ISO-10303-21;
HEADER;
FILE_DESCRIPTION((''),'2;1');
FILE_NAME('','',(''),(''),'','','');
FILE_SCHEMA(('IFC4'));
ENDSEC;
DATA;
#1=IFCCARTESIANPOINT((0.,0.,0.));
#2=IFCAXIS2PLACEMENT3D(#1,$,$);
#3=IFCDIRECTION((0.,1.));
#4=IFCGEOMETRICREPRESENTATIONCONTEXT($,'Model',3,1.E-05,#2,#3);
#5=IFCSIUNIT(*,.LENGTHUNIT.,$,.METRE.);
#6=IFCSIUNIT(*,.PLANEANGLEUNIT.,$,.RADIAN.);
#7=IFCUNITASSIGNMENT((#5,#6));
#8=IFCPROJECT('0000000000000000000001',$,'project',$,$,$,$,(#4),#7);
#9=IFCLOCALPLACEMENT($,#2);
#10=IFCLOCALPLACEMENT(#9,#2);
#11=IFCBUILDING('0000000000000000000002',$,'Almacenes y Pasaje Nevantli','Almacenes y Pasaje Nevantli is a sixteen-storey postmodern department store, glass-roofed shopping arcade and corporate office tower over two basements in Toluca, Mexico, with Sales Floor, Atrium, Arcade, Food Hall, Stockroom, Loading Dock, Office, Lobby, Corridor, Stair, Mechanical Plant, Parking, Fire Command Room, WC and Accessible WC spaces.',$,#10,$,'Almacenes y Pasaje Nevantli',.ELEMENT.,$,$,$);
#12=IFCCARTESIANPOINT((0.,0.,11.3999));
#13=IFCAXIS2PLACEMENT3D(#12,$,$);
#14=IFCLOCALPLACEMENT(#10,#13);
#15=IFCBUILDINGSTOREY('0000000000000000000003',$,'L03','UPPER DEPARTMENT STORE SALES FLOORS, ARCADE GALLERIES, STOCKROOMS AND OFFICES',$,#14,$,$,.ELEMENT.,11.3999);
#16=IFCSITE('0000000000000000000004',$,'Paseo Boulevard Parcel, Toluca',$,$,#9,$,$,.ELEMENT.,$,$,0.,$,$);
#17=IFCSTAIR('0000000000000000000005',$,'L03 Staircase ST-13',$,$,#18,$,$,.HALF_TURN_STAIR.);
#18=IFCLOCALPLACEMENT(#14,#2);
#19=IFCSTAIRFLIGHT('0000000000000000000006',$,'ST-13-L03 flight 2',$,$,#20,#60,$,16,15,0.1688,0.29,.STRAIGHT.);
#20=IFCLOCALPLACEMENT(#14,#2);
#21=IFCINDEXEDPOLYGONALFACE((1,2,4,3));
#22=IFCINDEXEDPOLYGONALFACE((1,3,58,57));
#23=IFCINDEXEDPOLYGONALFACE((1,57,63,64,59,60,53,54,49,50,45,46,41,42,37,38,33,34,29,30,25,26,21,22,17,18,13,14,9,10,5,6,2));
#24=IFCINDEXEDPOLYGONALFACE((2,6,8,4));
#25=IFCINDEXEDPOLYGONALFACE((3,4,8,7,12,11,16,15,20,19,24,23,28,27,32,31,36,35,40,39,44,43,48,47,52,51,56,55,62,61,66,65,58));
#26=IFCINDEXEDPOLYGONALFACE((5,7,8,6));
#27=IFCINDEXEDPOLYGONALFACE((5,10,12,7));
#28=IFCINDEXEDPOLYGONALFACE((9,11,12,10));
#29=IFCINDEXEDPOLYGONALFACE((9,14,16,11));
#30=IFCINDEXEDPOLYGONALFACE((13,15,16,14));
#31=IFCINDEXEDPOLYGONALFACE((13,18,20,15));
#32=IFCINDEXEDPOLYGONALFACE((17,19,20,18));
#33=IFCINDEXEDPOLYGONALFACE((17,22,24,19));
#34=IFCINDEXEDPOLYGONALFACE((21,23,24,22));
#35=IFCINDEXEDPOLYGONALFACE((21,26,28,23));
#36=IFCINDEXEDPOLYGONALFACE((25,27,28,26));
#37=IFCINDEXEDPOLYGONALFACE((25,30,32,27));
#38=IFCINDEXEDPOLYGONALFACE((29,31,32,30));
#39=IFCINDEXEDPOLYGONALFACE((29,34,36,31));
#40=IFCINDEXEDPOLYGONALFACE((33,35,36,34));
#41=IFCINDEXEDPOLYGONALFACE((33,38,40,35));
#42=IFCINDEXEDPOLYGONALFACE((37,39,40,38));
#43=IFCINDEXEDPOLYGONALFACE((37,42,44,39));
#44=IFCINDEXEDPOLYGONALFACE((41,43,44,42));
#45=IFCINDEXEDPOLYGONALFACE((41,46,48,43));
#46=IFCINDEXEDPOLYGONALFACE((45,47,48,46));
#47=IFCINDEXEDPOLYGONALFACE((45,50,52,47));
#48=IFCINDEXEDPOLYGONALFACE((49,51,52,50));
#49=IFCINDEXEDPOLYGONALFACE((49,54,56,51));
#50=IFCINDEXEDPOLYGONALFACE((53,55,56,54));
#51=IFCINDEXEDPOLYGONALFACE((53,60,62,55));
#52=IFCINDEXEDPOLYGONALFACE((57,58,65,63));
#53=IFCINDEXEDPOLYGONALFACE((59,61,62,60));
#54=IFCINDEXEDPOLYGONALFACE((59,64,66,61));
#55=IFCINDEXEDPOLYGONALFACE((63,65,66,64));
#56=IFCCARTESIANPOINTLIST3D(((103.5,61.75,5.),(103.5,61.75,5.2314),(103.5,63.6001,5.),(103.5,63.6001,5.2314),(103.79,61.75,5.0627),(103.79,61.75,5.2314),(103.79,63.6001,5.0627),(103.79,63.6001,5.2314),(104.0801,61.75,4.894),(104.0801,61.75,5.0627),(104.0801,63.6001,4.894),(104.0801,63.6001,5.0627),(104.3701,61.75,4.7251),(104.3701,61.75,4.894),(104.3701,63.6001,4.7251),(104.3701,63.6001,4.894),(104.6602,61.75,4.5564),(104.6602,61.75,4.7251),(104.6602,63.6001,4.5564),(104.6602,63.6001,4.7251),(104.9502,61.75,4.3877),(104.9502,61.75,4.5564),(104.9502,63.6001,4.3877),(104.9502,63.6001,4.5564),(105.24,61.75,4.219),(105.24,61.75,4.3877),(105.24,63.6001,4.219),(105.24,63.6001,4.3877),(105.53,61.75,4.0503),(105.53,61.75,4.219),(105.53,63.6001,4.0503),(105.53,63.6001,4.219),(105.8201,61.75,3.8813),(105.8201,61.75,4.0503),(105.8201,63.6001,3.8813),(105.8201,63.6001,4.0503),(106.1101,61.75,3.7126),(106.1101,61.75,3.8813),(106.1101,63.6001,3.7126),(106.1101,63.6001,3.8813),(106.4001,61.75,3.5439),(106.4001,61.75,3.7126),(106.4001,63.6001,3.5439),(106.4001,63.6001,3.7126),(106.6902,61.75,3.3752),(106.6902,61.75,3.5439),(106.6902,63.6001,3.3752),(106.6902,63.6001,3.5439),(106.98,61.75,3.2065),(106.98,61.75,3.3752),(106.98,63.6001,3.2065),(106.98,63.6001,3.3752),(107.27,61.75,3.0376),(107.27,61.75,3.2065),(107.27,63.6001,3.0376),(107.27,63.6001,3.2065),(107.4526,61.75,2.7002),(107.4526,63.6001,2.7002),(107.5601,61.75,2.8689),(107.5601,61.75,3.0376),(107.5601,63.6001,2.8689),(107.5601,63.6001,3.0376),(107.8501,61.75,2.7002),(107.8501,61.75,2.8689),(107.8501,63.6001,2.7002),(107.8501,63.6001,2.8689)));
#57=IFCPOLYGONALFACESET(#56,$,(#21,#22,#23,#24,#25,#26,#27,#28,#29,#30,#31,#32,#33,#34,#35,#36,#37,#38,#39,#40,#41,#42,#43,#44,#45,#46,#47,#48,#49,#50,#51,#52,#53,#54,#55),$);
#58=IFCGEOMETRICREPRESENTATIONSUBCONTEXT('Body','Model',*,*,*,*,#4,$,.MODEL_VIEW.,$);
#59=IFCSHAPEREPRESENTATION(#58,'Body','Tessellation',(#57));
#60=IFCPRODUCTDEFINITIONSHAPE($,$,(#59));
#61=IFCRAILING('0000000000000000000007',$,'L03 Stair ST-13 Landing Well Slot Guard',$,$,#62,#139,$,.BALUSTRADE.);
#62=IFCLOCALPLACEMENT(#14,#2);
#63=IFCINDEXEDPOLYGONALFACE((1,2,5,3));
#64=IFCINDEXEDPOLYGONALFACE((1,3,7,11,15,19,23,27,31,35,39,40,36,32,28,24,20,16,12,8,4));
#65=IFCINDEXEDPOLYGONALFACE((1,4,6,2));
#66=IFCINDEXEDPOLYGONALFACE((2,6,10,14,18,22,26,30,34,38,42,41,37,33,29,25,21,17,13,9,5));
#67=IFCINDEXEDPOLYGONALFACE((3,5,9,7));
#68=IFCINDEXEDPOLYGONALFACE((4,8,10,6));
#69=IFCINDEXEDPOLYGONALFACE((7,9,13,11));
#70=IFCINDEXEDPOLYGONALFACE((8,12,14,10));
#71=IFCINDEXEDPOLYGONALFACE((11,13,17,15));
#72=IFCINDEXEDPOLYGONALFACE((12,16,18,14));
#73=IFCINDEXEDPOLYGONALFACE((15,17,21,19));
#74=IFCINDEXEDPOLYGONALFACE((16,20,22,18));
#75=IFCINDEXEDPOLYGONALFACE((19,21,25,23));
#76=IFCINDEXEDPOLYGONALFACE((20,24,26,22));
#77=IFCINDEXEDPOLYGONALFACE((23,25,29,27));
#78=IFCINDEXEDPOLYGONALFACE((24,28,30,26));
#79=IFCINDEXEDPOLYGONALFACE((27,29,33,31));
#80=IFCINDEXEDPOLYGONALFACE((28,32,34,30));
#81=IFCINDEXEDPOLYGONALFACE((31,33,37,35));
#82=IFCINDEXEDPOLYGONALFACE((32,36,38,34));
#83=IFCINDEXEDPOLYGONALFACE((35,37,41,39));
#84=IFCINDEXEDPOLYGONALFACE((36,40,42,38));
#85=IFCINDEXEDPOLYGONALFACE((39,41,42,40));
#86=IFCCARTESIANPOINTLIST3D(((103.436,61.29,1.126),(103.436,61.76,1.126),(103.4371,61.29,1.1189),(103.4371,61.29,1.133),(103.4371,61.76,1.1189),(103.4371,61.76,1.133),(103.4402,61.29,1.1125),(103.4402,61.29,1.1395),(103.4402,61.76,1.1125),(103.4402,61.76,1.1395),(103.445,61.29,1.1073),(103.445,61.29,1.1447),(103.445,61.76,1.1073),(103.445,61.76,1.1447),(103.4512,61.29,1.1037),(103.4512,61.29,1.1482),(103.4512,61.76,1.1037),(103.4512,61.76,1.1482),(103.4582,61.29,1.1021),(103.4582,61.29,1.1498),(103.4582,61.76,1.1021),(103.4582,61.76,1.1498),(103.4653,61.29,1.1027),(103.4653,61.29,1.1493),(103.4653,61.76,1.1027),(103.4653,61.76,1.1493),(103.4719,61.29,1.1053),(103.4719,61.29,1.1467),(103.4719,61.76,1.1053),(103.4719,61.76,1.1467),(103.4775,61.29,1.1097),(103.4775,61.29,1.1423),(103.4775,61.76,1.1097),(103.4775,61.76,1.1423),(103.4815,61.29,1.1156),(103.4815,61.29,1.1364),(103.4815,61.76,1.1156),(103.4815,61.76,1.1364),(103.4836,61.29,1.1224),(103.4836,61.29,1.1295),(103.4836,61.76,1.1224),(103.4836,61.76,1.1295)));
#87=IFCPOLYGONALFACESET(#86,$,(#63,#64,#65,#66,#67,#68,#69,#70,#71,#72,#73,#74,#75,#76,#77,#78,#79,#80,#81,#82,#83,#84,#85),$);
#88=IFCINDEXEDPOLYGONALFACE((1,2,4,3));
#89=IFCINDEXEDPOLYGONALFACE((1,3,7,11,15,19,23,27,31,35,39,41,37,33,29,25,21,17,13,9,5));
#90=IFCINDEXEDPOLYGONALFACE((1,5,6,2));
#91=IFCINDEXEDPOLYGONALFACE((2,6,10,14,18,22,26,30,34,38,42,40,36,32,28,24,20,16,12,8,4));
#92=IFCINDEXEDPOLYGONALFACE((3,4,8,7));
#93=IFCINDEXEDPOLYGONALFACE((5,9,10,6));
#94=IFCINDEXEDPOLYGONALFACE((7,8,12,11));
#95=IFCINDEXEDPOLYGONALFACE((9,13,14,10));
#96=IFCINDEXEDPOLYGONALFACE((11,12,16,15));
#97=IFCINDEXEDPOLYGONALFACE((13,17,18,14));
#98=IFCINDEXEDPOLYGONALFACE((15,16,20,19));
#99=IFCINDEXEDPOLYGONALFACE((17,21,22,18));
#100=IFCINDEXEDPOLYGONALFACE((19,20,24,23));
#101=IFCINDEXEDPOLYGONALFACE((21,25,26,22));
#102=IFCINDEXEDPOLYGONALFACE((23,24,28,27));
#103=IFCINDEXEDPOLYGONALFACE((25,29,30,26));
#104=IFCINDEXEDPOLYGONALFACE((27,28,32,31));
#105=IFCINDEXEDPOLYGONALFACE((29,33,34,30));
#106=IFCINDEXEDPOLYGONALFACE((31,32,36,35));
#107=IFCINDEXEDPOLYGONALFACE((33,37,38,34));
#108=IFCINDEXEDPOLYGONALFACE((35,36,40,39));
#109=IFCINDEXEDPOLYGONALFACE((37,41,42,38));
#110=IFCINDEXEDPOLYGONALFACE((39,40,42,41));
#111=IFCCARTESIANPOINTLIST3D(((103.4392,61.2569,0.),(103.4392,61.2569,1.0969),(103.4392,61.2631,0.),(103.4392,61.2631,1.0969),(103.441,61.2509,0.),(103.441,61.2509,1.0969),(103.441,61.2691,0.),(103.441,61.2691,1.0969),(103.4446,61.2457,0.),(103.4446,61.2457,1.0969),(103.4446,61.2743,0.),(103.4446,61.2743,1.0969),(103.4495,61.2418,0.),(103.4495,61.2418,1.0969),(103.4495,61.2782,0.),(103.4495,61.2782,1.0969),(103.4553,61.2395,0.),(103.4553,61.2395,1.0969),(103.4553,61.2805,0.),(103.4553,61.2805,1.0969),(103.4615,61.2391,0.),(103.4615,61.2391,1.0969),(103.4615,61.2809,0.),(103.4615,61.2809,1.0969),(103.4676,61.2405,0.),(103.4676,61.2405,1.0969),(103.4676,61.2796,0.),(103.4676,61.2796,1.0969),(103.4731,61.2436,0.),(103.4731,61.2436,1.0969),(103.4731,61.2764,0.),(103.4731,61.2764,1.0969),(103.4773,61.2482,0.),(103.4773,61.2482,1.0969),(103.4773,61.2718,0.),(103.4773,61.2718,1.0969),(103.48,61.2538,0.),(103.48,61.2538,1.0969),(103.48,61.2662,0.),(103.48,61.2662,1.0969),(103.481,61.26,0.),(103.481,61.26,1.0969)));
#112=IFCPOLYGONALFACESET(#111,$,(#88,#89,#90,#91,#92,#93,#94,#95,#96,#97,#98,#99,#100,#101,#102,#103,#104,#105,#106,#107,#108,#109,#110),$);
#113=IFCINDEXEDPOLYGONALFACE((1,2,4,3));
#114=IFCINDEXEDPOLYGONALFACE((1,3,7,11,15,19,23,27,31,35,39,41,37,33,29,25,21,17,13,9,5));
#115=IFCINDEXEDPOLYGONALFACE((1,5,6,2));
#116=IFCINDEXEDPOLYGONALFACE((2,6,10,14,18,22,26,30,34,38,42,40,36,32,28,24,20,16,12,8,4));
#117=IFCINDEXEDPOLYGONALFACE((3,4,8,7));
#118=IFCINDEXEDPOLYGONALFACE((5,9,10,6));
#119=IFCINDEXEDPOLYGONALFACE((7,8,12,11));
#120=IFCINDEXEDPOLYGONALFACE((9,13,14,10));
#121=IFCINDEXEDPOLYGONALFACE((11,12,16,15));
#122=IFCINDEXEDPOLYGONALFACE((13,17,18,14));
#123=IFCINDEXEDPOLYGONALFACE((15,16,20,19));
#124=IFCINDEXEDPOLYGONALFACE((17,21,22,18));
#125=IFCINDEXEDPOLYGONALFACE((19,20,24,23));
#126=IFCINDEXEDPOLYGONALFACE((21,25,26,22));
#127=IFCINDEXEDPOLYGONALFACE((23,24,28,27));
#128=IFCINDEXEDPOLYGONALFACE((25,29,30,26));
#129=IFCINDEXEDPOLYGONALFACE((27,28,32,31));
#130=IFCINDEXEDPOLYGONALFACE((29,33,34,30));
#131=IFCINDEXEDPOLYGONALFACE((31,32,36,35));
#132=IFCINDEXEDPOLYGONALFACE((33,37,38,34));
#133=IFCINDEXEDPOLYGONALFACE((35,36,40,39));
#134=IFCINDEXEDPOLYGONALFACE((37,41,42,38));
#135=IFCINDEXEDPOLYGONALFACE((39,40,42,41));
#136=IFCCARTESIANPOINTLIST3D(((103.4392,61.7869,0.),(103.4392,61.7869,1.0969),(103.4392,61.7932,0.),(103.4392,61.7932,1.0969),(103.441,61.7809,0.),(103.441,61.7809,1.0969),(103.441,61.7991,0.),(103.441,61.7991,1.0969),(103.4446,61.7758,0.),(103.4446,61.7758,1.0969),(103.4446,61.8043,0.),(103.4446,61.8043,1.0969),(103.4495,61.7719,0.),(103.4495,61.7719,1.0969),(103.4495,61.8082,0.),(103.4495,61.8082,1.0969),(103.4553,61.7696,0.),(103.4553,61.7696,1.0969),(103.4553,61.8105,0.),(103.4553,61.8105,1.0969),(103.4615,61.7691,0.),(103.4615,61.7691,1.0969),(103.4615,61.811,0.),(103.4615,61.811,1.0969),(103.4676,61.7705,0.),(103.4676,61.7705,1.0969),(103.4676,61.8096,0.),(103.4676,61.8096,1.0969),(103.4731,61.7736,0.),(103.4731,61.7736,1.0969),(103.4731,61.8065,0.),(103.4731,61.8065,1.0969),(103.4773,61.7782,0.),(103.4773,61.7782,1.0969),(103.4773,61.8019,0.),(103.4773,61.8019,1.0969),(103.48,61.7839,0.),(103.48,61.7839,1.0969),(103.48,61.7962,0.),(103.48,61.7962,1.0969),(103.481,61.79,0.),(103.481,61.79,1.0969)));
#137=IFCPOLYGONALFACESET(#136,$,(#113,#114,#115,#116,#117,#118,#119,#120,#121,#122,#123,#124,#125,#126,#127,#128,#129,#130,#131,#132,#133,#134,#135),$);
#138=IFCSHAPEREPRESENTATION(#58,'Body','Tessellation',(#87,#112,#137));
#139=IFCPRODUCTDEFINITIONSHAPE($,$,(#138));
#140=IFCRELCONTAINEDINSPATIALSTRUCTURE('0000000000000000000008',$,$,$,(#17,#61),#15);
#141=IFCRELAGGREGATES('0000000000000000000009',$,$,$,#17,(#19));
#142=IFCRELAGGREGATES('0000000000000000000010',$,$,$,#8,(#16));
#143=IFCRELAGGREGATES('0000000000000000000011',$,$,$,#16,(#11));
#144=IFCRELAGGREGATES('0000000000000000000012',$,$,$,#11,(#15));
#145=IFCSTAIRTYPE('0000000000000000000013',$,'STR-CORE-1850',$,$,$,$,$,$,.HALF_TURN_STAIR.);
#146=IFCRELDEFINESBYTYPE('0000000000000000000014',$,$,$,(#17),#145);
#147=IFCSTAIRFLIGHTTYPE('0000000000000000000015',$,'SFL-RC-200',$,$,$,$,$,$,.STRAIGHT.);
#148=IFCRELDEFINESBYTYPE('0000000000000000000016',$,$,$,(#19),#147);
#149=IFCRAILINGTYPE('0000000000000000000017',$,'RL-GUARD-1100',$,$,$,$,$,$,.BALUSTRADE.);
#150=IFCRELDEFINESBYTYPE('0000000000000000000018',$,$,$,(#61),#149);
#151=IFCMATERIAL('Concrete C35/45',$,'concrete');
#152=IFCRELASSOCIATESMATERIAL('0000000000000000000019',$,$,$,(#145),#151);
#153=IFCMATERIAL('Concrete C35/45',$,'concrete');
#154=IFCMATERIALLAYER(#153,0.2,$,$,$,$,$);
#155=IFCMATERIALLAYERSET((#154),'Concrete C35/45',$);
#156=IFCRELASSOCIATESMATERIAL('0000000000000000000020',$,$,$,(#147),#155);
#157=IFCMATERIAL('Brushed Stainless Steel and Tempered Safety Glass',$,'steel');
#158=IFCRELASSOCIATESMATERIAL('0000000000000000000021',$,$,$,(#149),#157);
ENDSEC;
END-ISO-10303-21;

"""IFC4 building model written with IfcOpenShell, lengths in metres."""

from ifc_helpers import new_model, si_unit, direction, frame, origin, origin_2d, place, context, subcontext, project, spatial, polyline, circle, outline, extrude, material, layer, layer_set, type_object, element, aggregate, save


model = new_model("IFC4")

# Units and contexts
model_context = context("Model", 3, precision=1e-05, world=origin(), true_north=direction((0.0, 1.0)))
body_context = subcontext(model_context, "Body", "Model", "MODEL_VIEW")
ifc_project = project(units=[si_unit("LENGTHUNIT", "METRE"), si_unit("PLANEANGLEUNIT", "RADIAN")], contexts=[model_context])

# Site, building, storey
site_placement = place(None, origin())
site = spatial("IfcSite", under=ifc_project, at=site_placement, Name="Paseo Boulevard Parcel, Toluca", CompositionType="ELEMENT", RefElevation=0.0)
building_placement = place(site_placement, origin())
building = spatial("IfcBuilding", under=site, at=building_placement, Name="Almacenes y Pasaje Nevantli", Description="Almacenes y Pasaje Nevantli is a sixteen-storey postmodern department store, glass-roofed shopping arcade and corporate office tower over two basements in Toluca, Mexico, with Sales Floor, Atrium, Arcade, Food Hall, Stockroom, Loading Dock, Office, Lobby, Corridor, Stair, Mechanical Plant, Parking, Fire Command Room, WC and Accessible WC spaces.", LongName="Almacenes y Pasaje Nevantli", CompositionType="ELEMENT")
storey_placement = place(building_placement, frame((0.0, 0.0, 11.3999)))
storey = spatial("IfcBuildingStorey", under=building, at=storey_placement, Name="L03", Description="UPPER DEPARTMENT STORE SALES FLOORS, ARCADE GALLERIES, STOCKROOMS AND OFFICES", CompositionType="ELEMENT", Elevation=11.3999)

# Stair, stair flight
ifc_material_1 = material(Name="Concrete C35/45", Category="concrete")
stair_type = type_object("IfcStairType", Name="STR-CORE-1850", PredefinedType="HALF_TURN_STAIR", material=ifc_material_1)
stair_placement = place(storey_placement, origin())
stair = element("IfcStair", 1, at=stair_placement, inside=storey, type_object=stair_type, Name="L03 Staircase ST-13", PredefinedType="HALF_TURN_STAIR")
ifc_material_2 = material(Name="Concrete C35/45", Category="concrete")
ifc_layer_1 = layer(ifc_material_2, 0.2)
ifc_layer_set_1 = layer_set([ifc_layer_1], Name="Concrete C35/45")
stair_flight_type = type_object("IfcStairFlightType", Name="SFL-RC-200", PredefinedType="STRAIGHT", material=ifc_layer_set_1)
stair_flight_1_placement = place(storey_placement, frame((107.8501, 62.675, 2.7002), z_axis=(0.0, 0.0, 1.0), x_axis=(-1.0, 0.0, 0.0)))
stair_flight_1 = element("IfcStairFlight", 2, at=stair_flight_1_placement, type_object=stair_flight_type, Name="ST-13-L03 flight 2", NumberOfRisers=16, NumberOfTreads=15, PredefinedType="STRAIGHT", RiserHeight=0.1688, TreadLength=0.29, context=body_context, shape_type="SweptSolid", body=[
    extrude(outline(polyline([(0.0, 0.0), (0.0, 0.1687), (0.29, 0.1687), (0.29, 0.3374), (0.5801, 0.3374), (0.5801, 0.5063), (0.8701, 0.5063), (0.8701, 0.675), (1.1599, 0.675), (1.1599, 0.8438), (1.45, 0.8438), (1.45, 1.0125), (1.74, 1.0125), (1.74, 1.1812), (2.03, 1.1812), (2.03, 1.3501), (2.3201, 1.3501), (2.3201, 1.5188), (2.6101, 1.5188), (2.6101, 1.6875), (2.8999, 1.6875), (2.8999, 1.8562), (3.1899, 1.8562), (3.1899, 2.0249), (3.48, 2.0249), (3.48, 2.1938), (3.77, 2.1938), (3.77, 2.3625), (4.0601, 2.3625), (4.0601, 2.5312), (4.3501, 2.5312), (4.3501, 2.7), (4.3501, 2.2998), (0.3975, 0.0), (0.0, 0.0)])), frame((0.0, 0.925, 0.0), z_axis=(0.0, -1.0, 0.0), x_axis=(1.0, 0.0, 0.0)), (0.0, 0.0, 1.0), 1.8501),
])
aggregate(stair, [stair_flight_1])

# Railing
ifc_material_3 = material(Name="Brushed Stainless Steel and Tempered Safety Glass", Category="steel")
railing_type_1 = type_object("IfcRailingType", Name="RL-GUARD-1100", PredefinedType="BALUSTRADE", material=ifc_material_3)
railing_1_placement = place(storey_placement, frame((103.46, 61.26, 0.0)))
element("IfcRailing", 3, at=railing_1_placement, inside=storey, type_object=railing_type_1, Name="L03 Stair ST-13 Landing Well Slot Guard", PredefinedType="BALUSTRADE", context=body_context, shape_type="SweptSolid", body=[
    extrude(circle(Radius=0.0239, at=origin_2d()), frame((0.0, 0.03, 1.126), z_axis=(0.0, 1.0, 0.0), x_axis=(-1.0, 0.0, 0.0)), (0.0, 0.0, 1.0), 0.47),
    extrude(circle(Radius=0.021, at=origin_2d()), origin(), (0.0, 0.0, 1.0), 1.0969),
    extrude(circle(Radius=0.021, at=origin_2d()), frame((0.0, 0.53, 0.0)), (0.0, 0.0, 1.0), 1.0969),
])

save(model, "model.ifc")
